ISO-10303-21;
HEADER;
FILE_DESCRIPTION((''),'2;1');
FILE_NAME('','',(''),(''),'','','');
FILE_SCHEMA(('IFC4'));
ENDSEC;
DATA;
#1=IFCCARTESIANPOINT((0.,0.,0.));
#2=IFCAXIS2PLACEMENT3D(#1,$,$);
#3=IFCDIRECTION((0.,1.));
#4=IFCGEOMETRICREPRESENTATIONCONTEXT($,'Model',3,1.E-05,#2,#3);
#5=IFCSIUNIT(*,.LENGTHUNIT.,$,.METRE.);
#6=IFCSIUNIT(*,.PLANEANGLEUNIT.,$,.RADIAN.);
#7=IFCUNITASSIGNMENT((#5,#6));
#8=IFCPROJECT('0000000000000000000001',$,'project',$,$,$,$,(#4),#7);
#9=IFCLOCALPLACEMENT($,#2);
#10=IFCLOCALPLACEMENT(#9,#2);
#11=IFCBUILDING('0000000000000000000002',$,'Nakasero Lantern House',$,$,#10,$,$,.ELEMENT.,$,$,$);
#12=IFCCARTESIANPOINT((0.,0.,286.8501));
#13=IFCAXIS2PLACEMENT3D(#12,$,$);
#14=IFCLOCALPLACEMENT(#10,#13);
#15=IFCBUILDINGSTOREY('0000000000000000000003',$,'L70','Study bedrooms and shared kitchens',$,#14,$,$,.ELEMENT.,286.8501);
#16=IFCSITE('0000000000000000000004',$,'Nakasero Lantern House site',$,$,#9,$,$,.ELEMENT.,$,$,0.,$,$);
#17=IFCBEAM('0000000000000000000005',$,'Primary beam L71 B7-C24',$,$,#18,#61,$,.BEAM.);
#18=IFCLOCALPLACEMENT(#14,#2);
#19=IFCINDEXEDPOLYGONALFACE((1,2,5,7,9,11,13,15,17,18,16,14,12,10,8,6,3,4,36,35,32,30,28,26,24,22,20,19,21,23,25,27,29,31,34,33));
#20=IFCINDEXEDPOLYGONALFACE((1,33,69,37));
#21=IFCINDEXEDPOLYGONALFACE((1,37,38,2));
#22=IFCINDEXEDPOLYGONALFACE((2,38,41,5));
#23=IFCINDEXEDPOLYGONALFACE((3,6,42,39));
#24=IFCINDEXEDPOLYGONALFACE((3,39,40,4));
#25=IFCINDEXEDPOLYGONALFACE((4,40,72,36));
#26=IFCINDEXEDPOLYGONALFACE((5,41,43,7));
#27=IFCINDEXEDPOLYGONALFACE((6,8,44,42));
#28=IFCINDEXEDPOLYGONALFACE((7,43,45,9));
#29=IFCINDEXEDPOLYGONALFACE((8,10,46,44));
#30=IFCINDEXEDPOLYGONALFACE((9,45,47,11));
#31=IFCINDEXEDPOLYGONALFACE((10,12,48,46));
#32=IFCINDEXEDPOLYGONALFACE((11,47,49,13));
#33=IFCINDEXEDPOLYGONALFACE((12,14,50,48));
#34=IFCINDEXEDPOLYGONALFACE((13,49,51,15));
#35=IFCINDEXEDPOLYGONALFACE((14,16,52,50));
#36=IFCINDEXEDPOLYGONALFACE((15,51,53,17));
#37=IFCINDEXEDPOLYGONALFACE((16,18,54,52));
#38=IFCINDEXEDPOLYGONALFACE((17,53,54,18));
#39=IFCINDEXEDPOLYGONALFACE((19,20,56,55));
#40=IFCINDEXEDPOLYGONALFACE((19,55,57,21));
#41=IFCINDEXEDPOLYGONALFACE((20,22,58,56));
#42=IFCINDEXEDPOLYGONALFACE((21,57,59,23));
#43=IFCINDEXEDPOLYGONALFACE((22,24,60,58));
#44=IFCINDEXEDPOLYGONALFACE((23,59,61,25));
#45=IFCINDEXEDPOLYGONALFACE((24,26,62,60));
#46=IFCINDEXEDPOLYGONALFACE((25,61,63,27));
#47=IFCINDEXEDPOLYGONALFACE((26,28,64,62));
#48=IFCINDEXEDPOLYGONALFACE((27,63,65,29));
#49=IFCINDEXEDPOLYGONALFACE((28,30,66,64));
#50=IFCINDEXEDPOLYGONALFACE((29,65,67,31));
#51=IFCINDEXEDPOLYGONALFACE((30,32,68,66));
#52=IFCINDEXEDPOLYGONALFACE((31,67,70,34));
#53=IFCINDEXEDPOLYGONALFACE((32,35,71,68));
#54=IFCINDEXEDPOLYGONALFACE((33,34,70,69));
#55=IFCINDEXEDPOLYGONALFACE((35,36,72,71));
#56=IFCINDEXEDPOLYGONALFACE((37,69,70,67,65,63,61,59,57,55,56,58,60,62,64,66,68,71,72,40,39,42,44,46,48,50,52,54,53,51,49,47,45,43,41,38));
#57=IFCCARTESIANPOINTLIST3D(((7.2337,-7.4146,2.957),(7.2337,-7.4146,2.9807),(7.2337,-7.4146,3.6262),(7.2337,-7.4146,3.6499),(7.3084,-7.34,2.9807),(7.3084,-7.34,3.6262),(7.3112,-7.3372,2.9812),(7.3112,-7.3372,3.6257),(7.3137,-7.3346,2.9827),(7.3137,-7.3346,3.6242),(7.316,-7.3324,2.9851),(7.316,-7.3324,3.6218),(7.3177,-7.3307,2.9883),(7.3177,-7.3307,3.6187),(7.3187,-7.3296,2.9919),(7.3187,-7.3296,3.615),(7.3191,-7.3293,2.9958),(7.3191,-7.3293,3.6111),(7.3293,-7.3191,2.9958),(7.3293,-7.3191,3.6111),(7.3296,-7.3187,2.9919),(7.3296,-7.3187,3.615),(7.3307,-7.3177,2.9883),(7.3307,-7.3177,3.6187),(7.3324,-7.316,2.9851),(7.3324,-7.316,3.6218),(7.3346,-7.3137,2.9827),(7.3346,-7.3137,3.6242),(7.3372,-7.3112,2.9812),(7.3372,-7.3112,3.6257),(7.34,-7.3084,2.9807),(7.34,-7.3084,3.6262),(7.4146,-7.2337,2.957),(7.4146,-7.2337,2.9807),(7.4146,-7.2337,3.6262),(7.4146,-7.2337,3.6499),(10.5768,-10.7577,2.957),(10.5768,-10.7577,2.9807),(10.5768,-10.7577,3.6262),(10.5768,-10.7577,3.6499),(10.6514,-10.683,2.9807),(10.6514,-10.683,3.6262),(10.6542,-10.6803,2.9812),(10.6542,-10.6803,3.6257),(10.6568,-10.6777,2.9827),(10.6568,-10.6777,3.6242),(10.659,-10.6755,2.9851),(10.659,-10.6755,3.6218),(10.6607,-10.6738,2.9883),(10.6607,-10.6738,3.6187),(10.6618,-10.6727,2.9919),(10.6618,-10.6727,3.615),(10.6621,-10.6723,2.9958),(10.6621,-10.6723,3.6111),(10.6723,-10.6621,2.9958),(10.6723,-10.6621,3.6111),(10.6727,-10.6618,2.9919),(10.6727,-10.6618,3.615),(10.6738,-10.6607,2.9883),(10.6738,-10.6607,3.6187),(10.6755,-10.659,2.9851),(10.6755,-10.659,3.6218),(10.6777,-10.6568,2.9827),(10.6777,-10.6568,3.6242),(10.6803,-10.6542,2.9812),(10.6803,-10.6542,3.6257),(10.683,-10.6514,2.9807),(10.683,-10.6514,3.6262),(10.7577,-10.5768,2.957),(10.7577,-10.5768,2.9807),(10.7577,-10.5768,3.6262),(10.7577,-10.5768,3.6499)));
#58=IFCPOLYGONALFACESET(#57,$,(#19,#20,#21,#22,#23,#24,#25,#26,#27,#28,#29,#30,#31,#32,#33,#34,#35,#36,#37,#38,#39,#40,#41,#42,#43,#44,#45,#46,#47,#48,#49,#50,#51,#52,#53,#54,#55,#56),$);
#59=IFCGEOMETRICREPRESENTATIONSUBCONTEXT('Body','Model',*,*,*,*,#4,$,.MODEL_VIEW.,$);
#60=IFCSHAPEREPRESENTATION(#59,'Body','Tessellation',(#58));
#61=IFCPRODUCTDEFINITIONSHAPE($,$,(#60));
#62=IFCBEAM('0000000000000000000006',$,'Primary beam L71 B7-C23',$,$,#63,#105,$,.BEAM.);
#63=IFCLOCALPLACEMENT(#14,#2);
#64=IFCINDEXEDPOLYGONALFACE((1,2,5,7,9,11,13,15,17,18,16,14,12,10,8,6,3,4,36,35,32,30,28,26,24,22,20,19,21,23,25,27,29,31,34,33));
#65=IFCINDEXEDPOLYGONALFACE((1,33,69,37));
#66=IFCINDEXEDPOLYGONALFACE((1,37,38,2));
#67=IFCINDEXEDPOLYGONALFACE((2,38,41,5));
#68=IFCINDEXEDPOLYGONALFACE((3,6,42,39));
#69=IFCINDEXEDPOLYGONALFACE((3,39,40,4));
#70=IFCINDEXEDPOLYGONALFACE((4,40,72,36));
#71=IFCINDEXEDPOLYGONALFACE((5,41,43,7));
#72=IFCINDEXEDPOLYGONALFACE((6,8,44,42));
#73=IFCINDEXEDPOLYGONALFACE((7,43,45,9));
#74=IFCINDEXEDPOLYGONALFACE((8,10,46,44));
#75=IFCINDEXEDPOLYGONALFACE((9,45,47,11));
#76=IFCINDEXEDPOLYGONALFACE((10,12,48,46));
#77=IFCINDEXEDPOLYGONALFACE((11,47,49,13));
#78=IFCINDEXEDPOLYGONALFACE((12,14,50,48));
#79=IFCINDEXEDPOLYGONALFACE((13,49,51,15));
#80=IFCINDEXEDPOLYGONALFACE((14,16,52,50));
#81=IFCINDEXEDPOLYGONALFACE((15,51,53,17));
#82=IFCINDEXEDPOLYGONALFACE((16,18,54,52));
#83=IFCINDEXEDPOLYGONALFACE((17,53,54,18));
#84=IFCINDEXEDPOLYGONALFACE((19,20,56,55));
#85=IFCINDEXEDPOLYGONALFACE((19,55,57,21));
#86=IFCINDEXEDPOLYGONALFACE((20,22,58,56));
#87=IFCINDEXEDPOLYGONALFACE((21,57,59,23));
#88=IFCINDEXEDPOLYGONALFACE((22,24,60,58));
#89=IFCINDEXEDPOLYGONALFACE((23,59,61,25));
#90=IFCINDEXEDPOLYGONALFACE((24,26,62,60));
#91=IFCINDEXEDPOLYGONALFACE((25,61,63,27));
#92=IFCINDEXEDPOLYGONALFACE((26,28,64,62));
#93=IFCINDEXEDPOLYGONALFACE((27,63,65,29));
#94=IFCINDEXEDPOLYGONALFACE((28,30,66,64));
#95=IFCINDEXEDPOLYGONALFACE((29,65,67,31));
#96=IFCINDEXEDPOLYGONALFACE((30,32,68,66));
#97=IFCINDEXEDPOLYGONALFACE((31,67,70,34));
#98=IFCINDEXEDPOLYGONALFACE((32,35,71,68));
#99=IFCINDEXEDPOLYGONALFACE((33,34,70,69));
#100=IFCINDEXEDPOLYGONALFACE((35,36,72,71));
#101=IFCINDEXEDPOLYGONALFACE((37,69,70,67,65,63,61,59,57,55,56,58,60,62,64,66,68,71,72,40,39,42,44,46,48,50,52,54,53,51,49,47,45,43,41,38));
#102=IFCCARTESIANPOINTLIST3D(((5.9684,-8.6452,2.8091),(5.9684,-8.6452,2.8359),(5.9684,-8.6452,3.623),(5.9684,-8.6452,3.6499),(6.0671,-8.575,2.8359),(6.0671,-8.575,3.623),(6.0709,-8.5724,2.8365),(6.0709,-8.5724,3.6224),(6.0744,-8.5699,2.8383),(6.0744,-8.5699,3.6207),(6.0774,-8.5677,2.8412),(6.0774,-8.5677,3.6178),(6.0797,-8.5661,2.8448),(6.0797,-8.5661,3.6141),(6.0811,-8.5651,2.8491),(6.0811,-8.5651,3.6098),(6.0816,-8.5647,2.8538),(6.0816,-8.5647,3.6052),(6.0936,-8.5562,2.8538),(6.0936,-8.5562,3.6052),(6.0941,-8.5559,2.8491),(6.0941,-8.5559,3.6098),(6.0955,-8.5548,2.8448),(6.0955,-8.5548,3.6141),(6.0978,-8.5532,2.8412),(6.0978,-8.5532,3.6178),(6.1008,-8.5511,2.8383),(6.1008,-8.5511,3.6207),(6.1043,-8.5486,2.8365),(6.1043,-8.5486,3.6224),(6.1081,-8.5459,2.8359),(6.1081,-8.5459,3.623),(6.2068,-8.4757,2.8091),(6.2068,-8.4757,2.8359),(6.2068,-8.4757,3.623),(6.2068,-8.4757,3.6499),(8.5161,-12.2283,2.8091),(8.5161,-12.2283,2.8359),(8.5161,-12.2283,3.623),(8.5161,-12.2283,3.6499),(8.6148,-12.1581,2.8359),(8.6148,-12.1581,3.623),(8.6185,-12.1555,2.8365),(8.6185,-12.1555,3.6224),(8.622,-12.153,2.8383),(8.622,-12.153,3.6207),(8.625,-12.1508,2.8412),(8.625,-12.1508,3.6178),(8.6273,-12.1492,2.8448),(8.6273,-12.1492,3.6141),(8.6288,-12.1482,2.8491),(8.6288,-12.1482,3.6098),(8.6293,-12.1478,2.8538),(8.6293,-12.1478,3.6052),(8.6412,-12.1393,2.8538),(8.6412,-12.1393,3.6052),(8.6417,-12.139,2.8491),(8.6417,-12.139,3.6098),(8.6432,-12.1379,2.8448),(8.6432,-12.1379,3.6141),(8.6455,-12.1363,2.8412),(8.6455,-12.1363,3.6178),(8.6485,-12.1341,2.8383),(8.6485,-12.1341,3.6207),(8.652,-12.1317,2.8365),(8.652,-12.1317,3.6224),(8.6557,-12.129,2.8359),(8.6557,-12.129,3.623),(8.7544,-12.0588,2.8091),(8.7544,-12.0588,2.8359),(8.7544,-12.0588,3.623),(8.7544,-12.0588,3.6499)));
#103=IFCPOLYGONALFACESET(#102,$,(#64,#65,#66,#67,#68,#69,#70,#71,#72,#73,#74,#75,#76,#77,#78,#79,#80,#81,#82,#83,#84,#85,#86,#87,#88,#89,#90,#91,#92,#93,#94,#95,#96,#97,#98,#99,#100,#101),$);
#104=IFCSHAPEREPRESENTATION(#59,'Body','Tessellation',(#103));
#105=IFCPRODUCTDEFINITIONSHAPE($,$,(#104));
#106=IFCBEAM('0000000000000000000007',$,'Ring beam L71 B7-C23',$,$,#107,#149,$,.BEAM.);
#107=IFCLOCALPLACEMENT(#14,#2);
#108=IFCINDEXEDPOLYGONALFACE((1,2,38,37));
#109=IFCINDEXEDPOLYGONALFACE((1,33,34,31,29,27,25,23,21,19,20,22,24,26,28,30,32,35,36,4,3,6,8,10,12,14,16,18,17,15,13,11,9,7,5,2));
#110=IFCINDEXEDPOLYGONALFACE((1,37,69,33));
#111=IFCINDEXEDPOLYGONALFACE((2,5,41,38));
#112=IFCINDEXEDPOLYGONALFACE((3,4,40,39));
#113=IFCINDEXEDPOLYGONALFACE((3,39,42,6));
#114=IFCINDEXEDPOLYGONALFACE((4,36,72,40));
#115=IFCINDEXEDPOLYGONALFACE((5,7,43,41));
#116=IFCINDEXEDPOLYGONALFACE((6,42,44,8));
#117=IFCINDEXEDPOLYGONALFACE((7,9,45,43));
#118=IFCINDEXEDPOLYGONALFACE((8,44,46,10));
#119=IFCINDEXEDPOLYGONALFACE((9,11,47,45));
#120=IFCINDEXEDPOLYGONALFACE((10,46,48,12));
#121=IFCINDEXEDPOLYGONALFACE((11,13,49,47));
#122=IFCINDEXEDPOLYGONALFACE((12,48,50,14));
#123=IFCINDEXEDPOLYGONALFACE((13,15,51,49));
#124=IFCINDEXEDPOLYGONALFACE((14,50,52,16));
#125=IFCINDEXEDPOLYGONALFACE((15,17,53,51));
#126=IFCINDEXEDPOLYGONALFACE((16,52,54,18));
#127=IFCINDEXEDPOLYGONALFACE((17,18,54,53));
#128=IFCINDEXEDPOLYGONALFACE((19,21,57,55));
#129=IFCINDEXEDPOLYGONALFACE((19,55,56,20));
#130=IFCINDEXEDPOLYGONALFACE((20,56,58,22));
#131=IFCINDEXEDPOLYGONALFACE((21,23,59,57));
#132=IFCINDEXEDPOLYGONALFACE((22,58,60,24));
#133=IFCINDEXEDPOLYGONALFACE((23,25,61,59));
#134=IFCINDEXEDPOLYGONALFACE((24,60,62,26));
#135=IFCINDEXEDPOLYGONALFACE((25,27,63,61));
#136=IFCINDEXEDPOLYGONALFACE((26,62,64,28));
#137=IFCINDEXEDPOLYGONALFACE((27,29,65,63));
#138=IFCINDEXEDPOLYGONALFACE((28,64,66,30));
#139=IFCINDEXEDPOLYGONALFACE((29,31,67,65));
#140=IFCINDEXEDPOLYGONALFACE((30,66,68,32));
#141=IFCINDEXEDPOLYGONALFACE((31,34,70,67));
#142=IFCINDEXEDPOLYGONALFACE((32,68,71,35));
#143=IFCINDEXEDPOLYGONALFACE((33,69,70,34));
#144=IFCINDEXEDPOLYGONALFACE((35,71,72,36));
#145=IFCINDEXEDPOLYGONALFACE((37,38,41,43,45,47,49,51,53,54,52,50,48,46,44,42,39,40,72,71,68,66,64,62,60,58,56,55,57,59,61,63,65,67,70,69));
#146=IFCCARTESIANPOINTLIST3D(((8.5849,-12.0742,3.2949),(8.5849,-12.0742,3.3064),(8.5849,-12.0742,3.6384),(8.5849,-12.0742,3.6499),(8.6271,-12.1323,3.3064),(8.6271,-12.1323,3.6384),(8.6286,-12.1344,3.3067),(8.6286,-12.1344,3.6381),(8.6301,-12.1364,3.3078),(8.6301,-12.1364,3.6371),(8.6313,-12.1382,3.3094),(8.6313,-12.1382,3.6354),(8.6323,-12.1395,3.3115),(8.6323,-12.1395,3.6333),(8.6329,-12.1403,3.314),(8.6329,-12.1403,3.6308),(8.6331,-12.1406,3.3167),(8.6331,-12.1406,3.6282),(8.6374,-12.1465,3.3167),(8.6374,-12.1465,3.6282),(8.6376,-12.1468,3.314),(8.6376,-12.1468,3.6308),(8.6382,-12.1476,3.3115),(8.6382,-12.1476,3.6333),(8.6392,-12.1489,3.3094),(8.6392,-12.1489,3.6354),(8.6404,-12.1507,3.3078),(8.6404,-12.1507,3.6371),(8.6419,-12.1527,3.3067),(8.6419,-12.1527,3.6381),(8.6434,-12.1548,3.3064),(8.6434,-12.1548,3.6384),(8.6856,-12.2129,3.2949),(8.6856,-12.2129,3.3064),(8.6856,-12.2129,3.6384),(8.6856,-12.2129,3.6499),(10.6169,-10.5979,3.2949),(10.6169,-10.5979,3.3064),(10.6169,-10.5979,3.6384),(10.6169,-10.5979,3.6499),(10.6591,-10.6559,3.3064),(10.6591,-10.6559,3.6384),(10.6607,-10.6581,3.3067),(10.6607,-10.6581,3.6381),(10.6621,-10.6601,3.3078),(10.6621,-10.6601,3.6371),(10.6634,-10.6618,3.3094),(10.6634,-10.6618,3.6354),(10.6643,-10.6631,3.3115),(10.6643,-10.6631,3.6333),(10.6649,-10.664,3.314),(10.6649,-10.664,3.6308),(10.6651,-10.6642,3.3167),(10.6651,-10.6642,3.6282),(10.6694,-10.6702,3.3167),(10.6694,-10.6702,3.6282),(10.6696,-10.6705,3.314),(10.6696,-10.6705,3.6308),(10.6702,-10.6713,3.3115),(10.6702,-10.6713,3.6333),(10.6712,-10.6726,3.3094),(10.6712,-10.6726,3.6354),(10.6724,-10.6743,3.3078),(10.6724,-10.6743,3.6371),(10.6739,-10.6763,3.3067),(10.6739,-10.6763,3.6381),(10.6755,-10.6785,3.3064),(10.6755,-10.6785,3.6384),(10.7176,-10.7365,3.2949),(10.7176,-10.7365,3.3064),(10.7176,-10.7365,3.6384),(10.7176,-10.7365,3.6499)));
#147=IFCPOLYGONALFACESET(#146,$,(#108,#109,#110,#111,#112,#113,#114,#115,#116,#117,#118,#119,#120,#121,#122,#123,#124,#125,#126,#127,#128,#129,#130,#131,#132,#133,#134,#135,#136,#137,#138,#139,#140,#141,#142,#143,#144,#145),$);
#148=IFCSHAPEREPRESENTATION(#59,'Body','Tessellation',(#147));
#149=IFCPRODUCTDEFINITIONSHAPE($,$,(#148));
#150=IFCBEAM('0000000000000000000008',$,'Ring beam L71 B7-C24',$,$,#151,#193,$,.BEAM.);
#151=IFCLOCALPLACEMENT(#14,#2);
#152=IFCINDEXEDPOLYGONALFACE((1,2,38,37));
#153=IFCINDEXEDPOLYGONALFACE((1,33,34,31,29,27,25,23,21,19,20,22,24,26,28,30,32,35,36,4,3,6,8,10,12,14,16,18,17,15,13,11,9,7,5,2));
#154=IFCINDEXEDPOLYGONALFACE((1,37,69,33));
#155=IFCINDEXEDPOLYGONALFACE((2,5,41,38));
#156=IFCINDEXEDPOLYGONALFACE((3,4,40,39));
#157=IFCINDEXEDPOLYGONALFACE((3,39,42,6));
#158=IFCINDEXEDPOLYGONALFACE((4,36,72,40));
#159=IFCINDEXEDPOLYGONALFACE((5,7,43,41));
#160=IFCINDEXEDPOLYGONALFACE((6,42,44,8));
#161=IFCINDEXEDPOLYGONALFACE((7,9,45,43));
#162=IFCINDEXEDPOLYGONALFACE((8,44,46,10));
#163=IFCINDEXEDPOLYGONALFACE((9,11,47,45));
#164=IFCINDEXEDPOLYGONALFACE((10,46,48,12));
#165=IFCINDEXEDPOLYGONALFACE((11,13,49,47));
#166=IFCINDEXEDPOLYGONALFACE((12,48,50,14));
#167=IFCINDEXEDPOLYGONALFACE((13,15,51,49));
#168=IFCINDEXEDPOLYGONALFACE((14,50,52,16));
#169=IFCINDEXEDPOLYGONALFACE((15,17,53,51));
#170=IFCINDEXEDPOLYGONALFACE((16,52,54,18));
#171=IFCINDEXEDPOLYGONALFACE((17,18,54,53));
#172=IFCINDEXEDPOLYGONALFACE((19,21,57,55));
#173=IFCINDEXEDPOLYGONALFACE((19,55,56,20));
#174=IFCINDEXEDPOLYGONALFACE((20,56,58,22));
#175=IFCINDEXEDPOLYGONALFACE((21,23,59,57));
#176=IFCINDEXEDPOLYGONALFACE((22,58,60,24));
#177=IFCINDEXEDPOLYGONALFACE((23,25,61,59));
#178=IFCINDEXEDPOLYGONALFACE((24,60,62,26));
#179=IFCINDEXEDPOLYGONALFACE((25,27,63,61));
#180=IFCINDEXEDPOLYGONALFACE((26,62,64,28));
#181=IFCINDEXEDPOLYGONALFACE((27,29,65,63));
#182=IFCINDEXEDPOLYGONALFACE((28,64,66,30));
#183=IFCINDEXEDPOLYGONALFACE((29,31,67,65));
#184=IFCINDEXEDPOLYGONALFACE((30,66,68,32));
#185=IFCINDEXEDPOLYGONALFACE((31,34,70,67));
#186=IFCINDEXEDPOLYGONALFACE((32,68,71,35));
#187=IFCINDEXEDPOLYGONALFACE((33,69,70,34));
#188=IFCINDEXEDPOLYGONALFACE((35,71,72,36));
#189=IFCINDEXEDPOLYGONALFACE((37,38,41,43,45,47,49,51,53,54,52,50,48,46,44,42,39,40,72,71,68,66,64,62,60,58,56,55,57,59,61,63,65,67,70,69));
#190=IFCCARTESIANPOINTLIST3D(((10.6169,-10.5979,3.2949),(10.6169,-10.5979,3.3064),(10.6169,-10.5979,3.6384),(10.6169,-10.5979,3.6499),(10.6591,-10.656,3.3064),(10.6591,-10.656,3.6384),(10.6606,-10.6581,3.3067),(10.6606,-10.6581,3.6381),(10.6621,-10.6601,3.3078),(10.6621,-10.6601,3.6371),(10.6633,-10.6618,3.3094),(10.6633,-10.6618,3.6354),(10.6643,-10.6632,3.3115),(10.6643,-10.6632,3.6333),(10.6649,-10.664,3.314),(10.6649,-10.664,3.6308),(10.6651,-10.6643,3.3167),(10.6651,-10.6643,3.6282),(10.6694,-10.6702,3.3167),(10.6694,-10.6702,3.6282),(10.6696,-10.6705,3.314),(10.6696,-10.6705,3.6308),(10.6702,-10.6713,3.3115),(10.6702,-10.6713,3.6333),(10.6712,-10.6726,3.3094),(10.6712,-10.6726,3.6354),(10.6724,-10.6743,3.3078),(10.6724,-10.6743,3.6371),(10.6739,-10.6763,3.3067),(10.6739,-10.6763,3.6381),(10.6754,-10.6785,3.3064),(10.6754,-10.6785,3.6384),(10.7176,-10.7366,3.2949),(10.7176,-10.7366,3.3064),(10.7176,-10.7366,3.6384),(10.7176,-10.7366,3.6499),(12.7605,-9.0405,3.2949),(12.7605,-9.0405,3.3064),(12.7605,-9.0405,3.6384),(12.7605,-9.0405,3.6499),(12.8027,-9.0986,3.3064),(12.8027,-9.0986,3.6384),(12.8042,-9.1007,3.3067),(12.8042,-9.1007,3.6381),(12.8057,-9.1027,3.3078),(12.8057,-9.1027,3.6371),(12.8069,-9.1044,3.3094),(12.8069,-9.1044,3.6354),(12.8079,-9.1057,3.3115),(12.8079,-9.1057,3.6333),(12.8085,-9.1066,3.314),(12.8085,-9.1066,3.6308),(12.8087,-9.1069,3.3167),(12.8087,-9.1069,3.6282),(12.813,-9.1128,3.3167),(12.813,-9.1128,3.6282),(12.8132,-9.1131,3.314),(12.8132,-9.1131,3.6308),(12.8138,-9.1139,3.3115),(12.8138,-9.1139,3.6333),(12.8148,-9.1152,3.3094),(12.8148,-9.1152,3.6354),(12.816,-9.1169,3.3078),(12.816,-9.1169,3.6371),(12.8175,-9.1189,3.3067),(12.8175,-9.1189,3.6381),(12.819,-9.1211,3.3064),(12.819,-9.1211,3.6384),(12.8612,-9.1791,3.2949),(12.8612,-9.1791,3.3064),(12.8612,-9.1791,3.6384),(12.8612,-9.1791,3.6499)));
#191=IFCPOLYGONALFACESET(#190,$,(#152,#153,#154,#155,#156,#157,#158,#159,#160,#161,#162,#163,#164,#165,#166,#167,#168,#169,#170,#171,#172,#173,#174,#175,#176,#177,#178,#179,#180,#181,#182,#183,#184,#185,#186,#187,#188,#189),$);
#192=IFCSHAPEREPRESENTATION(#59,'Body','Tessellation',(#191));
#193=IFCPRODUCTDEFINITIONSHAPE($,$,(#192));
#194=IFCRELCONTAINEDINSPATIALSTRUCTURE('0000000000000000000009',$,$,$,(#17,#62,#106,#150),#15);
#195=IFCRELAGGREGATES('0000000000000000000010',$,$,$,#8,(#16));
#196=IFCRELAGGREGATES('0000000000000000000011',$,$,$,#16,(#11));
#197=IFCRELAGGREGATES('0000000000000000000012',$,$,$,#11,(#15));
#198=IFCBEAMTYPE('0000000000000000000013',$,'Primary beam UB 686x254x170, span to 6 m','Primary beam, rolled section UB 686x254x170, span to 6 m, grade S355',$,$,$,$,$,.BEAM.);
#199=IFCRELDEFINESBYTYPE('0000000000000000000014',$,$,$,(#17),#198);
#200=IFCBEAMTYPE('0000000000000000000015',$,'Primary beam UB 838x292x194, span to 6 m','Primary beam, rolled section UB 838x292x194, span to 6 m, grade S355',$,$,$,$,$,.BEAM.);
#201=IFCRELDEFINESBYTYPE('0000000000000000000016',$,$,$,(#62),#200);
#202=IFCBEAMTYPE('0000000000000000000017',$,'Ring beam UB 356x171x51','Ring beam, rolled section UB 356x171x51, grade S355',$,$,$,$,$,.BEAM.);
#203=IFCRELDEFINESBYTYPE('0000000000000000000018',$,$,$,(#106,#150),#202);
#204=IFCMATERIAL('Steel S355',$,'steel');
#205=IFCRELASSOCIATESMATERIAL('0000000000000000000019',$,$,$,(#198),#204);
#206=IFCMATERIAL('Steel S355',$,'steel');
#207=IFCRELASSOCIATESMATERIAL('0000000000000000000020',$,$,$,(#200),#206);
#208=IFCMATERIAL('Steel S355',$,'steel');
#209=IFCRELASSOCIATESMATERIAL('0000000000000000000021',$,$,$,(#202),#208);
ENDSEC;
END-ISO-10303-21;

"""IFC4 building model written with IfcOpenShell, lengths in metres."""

from ifc_helpers import new_model, si_unit, direction, frame, origin, origin_2d, place, context, subcontext, project, spatial, i_section, extrude, material, material_profile, profile_set, type_object, element, save


model = new_model("IFC4")

# Units and contexts
model_context = context("Model", 3, precision=1e-05, world=origin(), true_north=direction((0.0, 1.0)))
body_context = subcontext(model_context, "Body", "Model", "MODEL_VIEW")
ifc_project = project(units=[si_unit("LENGTHUNIT", "METRE"), si_unit("PLANEANGLEUNIT", "RADIAN")], contexts=[model_context])

# Site, building, storey
site_placement = place(None, origin())
site = spatial("IfcSite", under=ifc_project, at=site_placement, Name="Nakasero Lantern House site", CompositionType="ELEMENT", RefElevation=0.0)
building_placement = place(site_placement, origin())
building = spatial("IfcBuilding", under=site, at=building_placement, Name="Nakasero Lantern House", CompositionType="ELEMENT")
storey_placement = place(building_placement, frame((0.0, 0.0, 286.8501)))
storey = spatial("IfcBuildingStorey", under=building, at=storey_placement, Name="L70", Description="Study bedrooms and shared kitchens", CompositionType="ELEMENT", Elevation=286.8501)

# Beams
ifc_material_1 = material(Name="Steel S355", Category="steel")
ifc_material_profile_1 = material_profile(ifc_material_1, i_section(OverallWidth=0.2559, OverallDepth=0.6929, WebThickness=0.0144, FlangeThickness=0.0237, FilletRadius=0.0151, at=origin_2d()), Name="UB 686x254x170")
ifc_profile_set_1 = profile_set([ifc_material_profile_1], Name="Steel S355")
beam_type_1 = type_object("IfcBeamType", Name="Primary beam UB 686x254x170, span to 6 m", Description="Primary beam, rolled section UB 686x254x170, span to 6 m, grade S355", PredefinedType="BEAM", material=ifc_profile_set_1)
beam_1_placement = place(storey_placement, frame((10.6672, -10.6672, 3.3035), z_axis=(-0.707107, 0.707107, 0.0), x_axis=(-0.707107, -0.707107, 0.0)))
element("IfcBeam", 1, at=beam_1_placement, inside=storey, type_object=beam_type_1, Name="Primary beam L71 B7-C24", PredefinedType="BEAM", context=body_context, shape_type="SweptSolid", body=[
    extrude(i_section(OverallWidth=0.2559, OverallDepth=0.6929, WebThickness=0.0144, FlangeThickness=0.0237, FilletRadius=0.0151, at=origin_2d()), origin(), (0.0, 0.0, 1.0), 4.7278),
])
ifc_material_2 = material(Name="Steel S355", Category="steel")
ifc_material_profile_2 = material_profile(ifc_material_2, i_section(OverallWidth=0.2925, OverallDepth=0.8408, WebThickness=0.0146, FlangeThickness=0.0269, FilletRadius=0.0178, at=origin_2d()), Name="UB 838x292x194")
ifc_profile_set_2 = profile_set([ifc_material_profile_2], Name="Steel S355")
beam_type_2 = type_object("IfcBeamType", Name="Primary beam UB 838x292x194, span to 6 m", Description="Primary beam, rolled section UB 838x292x194, span to 6 m, grade S355", PredefinedType="BEAM", material=ifc_profile_set_2)
beam_2_placement = place(storey_placement, frame((8.6353, -12.1436, 3.2295), z_axis=(-0.579477, 0.814989, 0.0), x_axis=(-0.814989, -0.579477, 0.0)))
element("IfcBeam", 2, at=beam_2_placement, inside=storey, type_object=beam_type_2, Name="Primary beam L71 B7-C23", PredefinedType="BEAM", context=body_context, shape_type="SweptSolid", body=[
    extrude(i_section(OverallWidth=0.2925, OverallDepth=0.8408, WebThickness=0.0146, FlangeThickness=0.0269, FilletRadius=0.0178, at=origin_2d()), origin(), (0.0, 0.0, 1.0), 4.3965),
])
ifc_material_3 = material(Name="Steel S355", Category="steel")
ifc_material_profile_3 = material_profile(ifc_material_3, i_section(OverallWidth=0.1714, OverallDepth=0.355, WebThickness=0.0073, FlangeThickness=0.0115, FilletRadius=0.0103, at=origin_2d()), Name="UB 356x171x51")
ifc_profile_set_3 = profile_set([ifc_material_profile_3], Name="Steel S355")
beam_type_3 = type_object("IfcBeamType", Name="Ring beam UB 356x171x51", Description="Ring beam, rolled section UB 356x171x51, grade S355", PredefinedType="BEAM", material=ifc_profile_set_3)
beam_3_placement = place(storey_placement, frame((8.6353, -12.1436, 3.4724), z_axis=(0.809018, 0.587784, 0.0), x_axis=(-0.587784, 0.809018, 0.0)))
element("IfcBeam", 3, at=beam_3_placement, inside=storey, type_object=beam_type_3, Name="Ring beam L71 B7-C23", PredefinedType="BEAM", context=body_context, shape_type="SweptSolid", body=[
    extrude(i_section(OverallWidth=0.1714, OverallDepth=0.355, WebThickness=0.0073, FlangeThickness=0.0115, FilletRadius=0.0103, at=origin_2d()), origin(), (0.0, 0.0, 1.0), 2.5117),
])
beam_4_placement = place(storey_placement, frame((10.6672, -10.6672, 3.4724), z_axis=(0.809019, 0.587783, 0.0), x_axis=(-0.587783, 0.809019, 0.0)))
element("IfcBeam", 4, at=beam_4_placement, inside=storey, type_object=beam_type_3, Name="Ring beam L71 B7-C24", PredefinedType="BEAM", context=body_context, shape_type="SweptSolid", body=[
    extrude(i_section(OverallWidth=0.1714, OverallDepth=0.355, WebThickness=0.0073, FlangeThickness=0.0115, FilletRadius=0.0103, at=origin_2d()), origin(), (0.0, 0.0, 1.0), 2.6497),
])

save(model, "model.ifc")
